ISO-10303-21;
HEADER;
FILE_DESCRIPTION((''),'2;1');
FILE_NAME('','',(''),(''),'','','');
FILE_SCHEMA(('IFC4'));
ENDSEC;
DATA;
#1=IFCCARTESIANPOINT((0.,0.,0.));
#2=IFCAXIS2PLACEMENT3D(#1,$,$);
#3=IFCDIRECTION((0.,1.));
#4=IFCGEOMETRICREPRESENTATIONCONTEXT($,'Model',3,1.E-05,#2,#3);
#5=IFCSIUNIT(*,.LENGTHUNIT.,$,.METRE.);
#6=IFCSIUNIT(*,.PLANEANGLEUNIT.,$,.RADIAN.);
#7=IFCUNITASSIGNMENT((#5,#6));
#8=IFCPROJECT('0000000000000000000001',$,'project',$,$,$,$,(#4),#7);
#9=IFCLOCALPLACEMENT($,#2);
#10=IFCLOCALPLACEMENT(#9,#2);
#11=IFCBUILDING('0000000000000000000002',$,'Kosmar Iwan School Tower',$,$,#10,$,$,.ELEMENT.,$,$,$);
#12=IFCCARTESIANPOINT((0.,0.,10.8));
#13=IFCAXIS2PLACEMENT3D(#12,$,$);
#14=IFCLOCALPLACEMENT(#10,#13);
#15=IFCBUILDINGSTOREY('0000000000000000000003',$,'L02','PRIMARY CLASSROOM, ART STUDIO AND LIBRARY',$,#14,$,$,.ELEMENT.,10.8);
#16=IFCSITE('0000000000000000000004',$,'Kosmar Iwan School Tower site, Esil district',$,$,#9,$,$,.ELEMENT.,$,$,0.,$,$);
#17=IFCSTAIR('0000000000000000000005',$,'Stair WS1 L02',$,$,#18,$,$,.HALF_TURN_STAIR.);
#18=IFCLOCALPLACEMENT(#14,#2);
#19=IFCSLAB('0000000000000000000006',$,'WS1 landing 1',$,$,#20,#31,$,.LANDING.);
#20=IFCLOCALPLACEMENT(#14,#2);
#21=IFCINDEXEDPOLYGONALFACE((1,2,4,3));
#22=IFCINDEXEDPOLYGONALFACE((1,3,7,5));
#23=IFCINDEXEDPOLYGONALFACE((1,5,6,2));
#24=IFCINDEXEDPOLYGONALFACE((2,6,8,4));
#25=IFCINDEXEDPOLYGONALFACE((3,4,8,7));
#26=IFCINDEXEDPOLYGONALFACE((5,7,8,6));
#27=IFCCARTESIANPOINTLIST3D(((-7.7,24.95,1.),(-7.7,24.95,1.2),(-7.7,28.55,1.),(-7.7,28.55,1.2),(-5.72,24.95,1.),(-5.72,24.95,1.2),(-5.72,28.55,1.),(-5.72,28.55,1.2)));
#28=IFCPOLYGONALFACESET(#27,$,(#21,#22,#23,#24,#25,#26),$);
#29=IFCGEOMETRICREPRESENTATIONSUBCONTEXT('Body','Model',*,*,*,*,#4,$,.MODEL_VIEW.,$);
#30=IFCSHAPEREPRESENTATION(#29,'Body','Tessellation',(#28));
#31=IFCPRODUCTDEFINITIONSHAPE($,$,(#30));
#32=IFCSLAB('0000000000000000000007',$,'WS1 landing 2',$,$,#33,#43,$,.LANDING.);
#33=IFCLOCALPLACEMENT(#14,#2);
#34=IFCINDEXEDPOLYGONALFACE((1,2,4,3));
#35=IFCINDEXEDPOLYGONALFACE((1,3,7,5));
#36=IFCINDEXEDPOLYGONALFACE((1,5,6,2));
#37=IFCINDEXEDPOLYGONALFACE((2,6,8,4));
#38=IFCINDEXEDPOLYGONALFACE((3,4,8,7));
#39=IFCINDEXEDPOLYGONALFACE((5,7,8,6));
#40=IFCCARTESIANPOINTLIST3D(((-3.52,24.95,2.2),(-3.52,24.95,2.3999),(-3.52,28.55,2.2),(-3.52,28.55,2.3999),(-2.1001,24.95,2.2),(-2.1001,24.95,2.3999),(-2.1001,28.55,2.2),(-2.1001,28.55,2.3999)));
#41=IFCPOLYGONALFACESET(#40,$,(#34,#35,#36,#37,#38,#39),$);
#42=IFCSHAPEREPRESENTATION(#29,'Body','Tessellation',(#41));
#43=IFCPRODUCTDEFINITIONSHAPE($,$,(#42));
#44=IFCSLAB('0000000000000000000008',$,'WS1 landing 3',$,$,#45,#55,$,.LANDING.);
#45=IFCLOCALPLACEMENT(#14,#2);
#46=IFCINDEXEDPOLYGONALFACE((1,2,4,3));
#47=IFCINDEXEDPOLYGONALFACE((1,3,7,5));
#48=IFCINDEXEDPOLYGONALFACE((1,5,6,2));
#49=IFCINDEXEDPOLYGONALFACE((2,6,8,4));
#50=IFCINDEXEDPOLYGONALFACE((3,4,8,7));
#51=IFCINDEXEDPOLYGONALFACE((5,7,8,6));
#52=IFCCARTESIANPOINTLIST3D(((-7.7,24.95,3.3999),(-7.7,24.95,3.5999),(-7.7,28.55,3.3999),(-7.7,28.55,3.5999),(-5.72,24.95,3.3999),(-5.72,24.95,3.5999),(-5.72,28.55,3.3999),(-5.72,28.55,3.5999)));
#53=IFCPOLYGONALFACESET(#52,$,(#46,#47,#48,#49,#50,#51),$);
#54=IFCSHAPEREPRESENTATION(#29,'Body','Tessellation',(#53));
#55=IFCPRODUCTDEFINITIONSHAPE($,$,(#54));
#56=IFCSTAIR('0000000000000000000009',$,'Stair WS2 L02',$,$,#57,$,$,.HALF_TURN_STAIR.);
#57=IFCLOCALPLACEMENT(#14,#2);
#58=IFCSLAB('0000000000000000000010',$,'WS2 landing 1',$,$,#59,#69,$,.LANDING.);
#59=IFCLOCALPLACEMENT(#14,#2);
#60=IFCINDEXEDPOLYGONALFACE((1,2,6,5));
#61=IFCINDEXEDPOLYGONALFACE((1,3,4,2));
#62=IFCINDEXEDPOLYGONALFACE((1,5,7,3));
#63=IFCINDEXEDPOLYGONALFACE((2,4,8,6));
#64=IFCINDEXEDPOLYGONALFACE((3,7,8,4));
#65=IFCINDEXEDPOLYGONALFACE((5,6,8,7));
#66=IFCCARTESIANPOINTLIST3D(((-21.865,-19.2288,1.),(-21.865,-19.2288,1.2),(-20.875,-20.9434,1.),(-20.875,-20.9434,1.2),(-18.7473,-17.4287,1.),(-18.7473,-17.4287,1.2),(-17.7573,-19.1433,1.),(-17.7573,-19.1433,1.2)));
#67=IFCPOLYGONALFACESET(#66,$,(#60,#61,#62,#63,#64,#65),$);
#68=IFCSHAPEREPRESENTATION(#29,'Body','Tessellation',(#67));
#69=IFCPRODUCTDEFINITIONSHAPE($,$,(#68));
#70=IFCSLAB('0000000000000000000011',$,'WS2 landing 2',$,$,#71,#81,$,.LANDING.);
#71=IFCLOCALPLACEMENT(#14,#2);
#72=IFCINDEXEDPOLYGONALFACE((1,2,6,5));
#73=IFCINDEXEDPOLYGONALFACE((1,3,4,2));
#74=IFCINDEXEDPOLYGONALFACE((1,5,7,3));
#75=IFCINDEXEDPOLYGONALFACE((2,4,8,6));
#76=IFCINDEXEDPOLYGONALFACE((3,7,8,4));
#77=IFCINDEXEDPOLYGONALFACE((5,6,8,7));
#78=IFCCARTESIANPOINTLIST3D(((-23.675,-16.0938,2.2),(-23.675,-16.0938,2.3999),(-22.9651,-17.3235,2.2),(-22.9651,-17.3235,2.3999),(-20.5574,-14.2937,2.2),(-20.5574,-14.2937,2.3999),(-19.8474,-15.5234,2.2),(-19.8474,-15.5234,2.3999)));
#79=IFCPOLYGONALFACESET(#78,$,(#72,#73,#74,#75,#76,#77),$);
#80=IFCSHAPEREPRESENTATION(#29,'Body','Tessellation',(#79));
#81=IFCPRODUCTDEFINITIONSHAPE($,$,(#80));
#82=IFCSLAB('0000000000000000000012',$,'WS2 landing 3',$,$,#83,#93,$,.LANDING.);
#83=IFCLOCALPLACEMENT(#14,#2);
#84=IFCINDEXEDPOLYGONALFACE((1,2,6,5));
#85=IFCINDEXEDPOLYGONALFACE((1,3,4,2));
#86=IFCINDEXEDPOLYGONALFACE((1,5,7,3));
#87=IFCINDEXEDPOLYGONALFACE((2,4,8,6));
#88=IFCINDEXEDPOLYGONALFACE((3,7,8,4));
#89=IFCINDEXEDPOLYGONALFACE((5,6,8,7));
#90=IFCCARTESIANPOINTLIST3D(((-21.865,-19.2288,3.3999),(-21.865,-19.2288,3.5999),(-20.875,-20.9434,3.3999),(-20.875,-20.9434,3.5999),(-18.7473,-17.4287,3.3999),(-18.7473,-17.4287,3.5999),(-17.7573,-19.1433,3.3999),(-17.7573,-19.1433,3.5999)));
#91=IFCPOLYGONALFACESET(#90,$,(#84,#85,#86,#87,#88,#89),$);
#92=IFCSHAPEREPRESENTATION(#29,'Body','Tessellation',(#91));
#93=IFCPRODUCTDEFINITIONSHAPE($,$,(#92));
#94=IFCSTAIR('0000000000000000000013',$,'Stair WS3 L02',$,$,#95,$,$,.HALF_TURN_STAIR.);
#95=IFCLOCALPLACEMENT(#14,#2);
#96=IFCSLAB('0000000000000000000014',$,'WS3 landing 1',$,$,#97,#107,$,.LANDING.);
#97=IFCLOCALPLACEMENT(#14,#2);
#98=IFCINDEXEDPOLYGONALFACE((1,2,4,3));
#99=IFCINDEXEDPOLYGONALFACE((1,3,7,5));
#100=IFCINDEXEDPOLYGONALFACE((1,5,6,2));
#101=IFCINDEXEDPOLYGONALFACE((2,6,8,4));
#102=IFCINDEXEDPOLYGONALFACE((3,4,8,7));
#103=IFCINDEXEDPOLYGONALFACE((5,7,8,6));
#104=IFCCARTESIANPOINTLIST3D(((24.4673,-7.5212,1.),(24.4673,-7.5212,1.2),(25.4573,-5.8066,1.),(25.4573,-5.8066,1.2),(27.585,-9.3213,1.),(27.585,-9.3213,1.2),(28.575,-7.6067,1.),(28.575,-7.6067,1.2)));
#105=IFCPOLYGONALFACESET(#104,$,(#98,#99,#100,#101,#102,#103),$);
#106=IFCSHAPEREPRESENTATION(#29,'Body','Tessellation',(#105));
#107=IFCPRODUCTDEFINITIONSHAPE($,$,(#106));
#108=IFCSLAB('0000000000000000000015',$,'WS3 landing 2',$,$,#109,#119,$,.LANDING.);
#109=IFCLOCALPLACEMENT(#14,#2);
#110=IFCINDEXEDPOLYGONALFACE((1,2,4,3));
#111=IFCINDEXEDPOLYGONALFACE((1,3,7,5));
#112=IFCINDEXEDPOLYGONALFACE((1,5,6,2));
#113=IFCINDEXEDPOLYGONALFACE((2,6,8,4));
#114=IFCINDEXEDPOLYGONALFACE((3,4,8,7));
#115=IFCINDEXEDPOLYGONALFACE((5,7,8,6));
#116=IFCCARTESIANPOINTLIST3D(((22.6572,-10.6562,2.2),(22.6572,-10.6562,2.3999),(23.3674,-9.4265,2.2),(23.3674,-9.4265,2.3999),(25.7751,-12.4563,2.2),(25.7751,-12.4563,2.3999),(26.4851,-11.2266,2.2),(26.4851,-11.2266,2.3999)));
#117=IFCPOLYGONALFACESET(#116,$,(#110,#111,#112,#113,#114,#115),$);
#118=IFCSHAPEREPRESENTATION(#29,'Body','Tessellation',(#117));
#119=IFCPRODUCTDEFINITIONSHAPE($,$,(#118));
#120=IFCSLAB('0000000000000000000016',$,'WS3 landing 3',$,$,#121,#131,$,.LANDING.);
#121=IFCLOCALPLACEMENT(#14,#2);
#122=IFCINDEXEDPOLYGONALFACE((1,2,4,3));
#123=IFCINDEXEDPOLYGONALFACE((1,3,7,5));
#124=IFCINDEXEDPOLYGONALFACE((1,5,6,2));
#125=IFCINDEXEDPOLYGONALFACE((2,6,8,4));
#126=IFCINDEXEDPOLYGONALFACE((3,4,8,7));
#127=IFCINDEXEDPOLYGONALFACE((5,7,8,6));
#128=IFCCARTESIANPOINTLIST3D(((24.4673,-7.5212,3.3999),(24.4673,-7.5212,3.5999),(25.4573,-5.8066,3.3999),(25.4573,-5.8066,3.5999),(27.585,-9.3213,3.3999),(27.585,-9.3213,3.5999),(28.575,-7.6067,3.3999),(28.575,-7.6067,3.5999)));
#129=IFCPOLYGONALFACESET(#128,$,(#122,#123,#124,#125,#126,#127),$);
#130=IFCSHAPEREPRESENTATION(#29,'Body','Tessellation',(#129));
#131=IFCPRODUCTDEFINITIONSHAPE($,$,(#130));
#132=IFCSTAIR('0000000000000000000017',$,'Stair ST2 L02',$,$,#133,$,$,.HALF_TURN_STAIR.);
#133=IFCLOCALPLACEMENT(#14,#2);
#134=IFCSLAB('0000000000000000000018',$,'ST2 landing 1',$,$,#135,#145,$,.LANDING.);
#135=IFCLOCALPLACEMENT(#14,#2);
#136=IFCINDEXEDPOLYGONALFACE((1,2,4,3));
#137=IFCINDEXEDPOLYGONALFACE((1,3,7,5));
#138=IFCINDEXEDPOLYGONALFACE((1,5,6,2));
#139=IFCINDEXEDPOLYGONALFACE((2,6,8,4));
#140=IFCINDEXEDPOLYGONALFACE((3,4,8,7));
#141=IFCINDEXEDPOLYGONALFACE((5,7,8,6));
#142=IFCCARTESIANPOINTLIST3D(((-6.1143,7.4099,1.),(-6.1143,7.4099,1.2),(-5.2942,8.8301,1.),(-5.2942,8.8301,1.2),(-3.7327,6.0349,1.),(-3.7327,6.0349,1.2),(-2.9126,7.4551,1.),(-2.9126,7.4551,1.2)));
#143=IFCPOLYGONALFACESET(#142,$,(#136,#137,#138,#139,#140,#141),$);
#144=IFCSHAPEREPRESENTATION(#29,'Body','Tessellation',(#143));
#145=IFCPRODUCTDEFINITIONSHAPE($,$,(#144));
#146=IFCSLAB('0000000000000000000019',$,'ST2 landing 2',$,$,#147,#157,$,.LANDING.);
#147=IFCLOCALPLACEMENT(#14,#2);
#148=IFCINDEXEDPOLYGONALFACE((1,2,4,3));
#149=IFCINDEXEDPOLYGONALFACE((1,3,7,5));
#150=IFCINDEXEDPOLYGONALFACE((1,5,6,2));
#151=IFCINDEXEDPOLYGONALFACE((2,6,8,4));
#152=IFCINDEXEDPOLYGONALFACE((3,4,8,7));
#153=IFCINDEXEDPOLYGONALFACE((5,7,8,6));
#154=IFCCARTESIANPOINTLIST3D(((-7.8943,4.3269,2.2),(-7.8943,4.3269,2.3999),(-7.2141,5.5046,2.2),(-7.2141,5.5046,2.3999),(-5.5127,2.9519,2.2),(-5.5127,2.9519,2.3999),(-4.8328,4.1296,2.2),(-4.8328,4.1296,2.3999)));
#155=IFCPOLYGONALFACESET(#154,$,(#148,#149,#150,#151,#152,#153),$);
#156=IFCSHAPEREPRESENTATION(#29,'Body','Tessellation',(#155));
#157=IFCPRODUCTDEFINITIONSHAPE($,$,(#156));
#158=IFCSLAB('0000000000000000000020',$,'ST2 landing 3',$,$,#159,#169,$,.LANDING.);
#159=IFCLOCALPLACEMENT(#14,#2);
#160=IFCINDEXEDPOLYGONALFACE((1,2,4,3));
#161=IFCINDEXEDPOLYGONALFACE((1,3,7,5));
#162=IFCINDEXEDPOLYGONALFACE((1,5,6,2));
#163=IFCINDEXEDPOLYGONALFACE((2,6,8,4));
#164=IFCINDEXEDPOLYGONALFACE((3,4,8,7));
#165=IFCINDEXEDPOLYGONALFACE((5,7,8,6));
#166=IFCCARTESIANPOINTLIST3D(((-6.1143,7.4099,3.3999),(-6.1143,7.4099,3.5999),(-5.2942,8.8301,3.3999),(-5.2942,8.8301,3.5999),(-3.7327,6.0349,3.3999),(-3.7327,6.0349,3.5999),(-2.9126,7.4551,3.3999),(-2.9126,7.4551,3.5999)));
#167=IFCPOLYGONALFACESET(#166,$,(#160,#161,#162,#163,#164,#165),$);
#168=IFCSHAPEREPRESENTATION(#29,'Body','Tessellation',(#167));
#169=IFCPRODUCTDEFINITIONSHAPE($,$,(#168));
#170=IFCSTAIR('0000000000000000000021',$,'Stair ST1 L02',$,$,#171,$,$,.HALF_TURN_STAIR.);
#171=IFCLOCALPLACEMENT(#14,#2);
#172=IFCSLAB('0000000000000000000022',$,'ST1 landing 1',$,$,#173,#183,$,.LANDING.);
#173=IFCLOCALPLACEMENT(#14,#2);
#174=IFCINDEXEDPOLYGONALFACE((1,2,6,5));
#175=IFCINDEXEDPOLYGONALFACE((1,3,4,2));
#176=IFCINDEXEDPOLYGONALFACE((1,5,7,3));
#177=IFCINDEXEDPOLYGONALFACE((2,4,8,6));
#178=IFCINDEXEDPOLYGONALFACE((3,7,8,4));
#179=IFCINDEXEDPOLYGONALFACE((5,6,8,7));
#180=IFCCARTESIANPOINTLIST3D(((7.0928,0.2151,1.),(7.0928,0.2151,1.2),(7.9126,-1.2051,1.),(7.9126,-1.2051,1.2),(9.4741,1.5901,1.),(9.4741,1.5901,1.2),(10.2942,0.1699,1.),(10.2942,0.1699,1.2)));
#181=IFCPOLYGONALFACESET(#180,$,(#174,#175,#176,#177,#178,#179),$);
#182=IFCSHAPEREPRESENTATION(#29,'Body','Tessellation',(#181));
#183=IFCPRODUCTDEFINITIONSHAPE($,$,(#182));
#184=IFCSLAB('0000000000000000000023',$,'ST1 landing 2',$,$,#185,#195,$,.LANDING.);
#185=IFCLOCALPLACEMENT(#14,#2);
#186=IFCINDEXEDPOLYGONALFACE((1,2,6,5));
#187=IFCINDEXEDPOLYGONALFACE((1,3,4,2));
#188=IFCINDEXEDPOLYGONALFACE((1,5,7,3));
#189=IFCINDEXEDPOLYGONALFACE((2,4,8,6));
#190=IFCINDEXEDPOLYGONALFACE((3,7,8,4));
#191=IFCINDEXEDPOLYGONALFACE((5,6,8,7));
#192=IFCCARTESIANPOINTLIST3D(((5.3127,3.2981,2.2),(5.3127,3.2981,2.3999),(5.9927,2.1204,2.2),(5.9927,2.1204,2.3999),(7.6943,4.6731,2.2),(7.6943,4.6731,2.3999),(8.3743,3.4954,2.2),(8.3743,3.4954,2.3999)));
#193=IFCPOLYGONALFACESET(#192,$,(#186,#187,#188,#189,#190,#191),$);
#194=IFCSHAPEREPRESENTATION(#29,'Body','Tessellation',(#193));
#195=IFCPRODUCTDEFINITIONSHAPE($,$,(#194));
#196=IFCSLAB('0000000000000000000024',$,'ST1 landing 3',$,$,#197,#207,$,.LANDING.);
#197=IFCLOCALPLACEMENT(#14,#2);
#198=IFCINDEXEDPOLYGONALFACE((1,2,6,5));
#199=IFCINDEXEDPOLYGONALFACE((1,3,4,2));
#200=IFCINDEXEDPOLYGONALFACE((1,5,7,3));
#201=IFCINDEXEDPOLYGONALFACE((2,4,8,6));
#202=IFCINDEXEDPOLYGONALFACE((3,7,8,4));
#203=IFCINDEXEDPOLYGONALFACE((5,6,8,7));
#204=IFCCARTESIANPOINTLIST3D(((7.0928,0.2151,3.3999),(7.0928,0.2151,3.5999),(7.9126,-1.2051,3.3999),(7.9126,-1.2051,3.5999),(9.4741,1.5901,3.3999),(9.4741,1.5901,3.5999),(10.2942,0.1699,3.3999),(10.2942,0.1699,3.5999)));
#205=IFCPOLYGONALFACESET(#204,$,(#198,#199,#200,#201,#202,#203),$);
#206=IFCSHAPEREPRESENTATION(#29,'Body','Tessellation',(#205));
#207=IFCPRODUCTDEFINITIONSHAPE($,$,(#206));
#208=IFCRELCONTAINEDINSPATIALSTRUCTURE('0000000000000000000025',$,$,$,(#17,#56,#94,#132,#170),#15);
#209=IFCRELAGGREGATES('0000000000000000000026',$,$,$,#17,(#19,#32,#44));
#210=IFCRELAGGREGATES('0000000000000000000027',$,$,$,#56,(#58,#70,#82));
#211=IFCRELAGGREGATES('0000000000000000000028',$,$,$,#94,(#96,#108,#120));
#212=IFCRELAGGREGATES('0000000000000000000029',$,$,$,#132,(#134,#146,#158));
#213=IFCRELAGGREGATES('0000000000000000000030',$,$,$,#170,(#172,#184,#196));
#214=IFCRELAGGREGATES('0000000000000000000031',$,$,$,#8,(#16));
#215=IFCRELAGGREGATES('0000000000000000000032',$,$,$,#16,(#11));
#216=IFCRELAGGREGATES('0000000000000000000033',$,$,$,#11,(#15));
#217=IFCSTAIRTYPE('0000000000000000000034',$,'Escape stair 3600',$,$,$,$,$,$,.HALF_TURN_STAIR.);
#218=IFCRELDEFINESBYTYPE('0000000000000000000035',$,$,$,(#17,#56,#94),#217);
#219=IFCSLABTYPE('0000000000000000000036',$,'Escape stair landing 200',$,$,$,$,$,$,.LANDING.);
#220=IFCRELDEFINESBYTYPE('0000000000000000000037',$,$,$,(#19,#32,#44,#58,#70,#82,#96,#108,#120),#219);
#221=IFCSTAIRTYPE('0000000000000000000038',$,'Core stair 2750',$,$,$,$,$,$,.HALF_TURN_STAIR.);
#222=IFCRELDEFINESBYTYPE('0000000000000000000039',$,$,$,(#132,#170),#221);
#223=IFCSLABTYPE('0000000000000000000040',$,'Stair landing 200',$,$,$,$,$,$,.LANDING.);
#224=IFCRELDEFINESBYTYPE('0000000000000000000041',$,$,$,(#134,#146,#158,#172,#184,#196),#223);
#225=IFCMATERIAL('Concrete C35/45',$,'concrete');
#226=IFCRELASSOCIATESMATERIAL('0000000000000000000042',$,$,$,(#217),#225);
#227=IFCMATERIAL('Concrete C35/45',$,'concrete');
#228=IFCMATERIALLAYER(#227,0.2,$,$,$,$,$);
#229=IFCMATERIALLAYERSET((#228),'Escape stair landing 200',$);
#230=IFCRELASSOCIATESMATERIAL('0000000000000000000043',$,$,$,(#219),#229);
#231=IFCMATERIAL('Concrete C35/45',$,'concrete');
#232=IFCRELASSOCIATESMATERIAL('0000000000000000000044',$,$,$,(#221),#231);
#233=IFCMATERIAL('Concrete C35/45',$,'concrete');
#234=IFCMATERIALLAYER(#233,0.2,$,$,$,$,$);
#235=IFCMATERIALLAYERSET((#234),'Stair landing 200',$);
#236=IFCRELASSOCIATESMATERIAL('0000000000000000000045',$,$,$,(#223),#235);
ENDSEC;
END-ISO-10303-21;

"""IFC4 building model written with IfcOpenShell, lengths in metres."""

from ifc_helpers import new_model, si_unit, direction, frame, origin, place, context, subcontext, project, spatial, polyline, outline, extrude, material, layer, layer_set, type_object, element, aggregate, save


model = new_model("IFC4")

# Units and contexts
model_context = context("Model", 3, precision=1e-05, world=origin(), true_north=direction((0.0, 1.0)))
body_context = subcontext(model_context, "Body", "Model", "MODEL_VIEW")
ifc_project = project(units=[si_unit("LENGTHUNIT", "METRE"), si_unit("PLANEANGLEUNIT", "RADIAN")], contexts=[model_context])

# Site, building, storey
site_placement = place(None, origin())
site = spatial("IfcSite", under=ifc_project, at=site_placement, Name="Kosmar Iwan School Tower site, Esil district", CompositionType="ELEMENT", RefElevation=0.0)
building_placement = place(site_placement, origin())
building = spatial("IfcBuilding", under=site, at=building_placement, Name="Kosmar Iwan School Tower", CompositionType="ELEMENT")
storey_placement = place(building_placement, frame((0.0, 0.0, 10.8)))
storey = spatial("IfcBuildingStorey", under=building, at=storey_placement, Name="L02", Description="PRIMARY CLASSROOM, ART STUDIO AND LIBRARY", CompositionType="ELEMENT", Elevation=10.8)

# Stairs, slabs
ifc_material_1 = material(Name="Concrete C35/45", Category="concrete")
stair_type_1 = type_object("IfcStairType", Name="Escape stair 3600", PredefinedType="HALF_TURN_STAIR", material=ifc_material_1)
stair_1_placement = place(storey_placement, origin())
stair_1 = element("IfcStair", 1, at=stair_1_placement, inside=storey, type_object=stair_type_1, Name="Stair WS1 L02", PredefinedType="HALF_TURN_STAIR")
ifc_material_2 = material(Name="Concrete C35/45", Category="concrete")
ifc_layer_1 = layer(ifc_material_2, 0.2)
ifc_layer_set_1 = layer_set([ifc_layer_1], Name="Escape stair landing 200")
slab_type_1 = type_object("IfcSlabType", Name="Escape stair landing 200", PredefinedType="LANDING", material=ifc_layer_set_1)
slab_1_placement = place(storey_placement, frame((0.0, 0.0, 1.0)))
slab_1 = element("IfcSlab", 2, at=slab_1_placement, type_object=slab_type_1, Name="WS1 landing 1", PredefinedType="LANDING", context=body_context, shape_type="SweptSolid", body=[
    extrude(outline(polyline([(-5.72, 24.95), (-5.72, 28.55), (-7.7, 28.55), (-7.7, 24.95), (-5.72, 24.95)])), origin(), (0.0, 0.0, 1.0), 0.2),
])
slab_2_placement = place(storey_placement, frame((0.0, 0.0, 2.2)))
slab_2 = element("IfcSlab", 3, at=slab_2_placement, type_object=slab_type_1, Name="WS1 landing 2", PredefinedType="LANDING", context=body_context, shape_type="SweptSolid", body=[
    extrude(outline(polyline([(-2.1001, 24.95), (-2.1001, 28.55), (-3.52, 28.55), (-3.52, 24.95), (-2.1001, 24.95)])), origin(), (0.0, 0.0, 1.0), 0.2),
])
slab_3_placement = place(storey_placement, frame((0.0, 0.0, 3.3999)))
slab_3 = element("IfcSlab", 4, at=slab_3_placement, type_object=slab_type_1, Name="WS1 landing 3", PredefinedType="LANDING", context=body_context, shape_type="SweptSolid", body=[
    extrude(outline(polyline([(-5.72, 24.95), (-5.72, 28.55), (-7.7, 28.55), (-7.7, 24.95), (-5.72, 24.95)])), origin(), (0.0, 0.0, 1.0), 0.2),
])
aggregate(stair_1, [slab_1, slab_2, slab_3])
stair_2_placement = place(storey_placement, origin())
stair_2 = element("IfcStair", 5, at=stair_2_placement, inside=storey, type_object=stair_type_1, Name="Stair WS2 L02", PredefinedType="HALF_TURN_STAIR")
slab_4_placement = place(storey_placement, frame((0.0, 0.0, 1.0)))
slab_4 = element("IfcSlab", 6, at=slab_4_placement, type_object=slab_type_1, Name="WS2 landing 1", PredefinedType="LANDING", context=body_context, shape_type="SweptSolid", body=[
    extrude(outline(polyline([(-18.7473, -17.4287), (-21.865, -19.2288), (-20.875, -20.9434), (-17.7573, -19.1433), (-18.7473, -17.4287)])), origin(), (0.0, 0.0, 1.0), 0.2),
])
slab_5_placement = place(storey_placement, frame((0.0, 0.0, 2.2)))
slab_5 = element("IfcSlab", 7, at=slab_5_placement, type_object=slab_type_1, Name="WS2 landing 2", PredefinedType="LANDING", context=body_context, shape_type="SweptSolid", body=[
    extrude(outline(polyline([(-20.5574, -14.2937), (-23.675, -16.0938), (-22.9651, -17.3235), (-19.8474, -15.5234), (-20.5574, -14.2937)])), origin(), (0.0, 0.0, 1.0), 0.2),
])
slab_6_placement = place(storey_placement, frame((0.0, 0.0, 3.3999)))
slab_6 = element("IfcSlab", 8, at=slab_6_placement, type_object=slab_type_1, Name="WS2 landing 3", PredefinedType="LANDING", context=body_context, shape_type="SweptSolid", body=[
    extrude(outline(polyline([(-18.7473, -17.4287), (-21.865, -19.2288), (-20.875, -20.9434), (-17.7573, -19.1433), (-18.7473, -17.4287)])), origin(), (0.0, 0.0, 1.0), 0.2),
])
aggregate(stair_2, [slab_4, slab_5, slab_6])
stair_3_placement = place(storey_placement, origin())
stair_3 = element("IfcStair", 9, at=stair_3_placement, inside=storey, type_object=stair_type_1, Name="Stair WS3 L02", PredefinedType="HALF_TURN_STAIR")
slab_7_placement = place(storey_placement, frame((0.0, 0.0, 1.0)))
slab_7 = element("IfcSlab", 10, at=slab_7_placement, type_object=slab_type_1, Name="WS3 landing 1", PredefinedType="LANDING", context=body_context, shape_type="SweptSolid", body=[
    extrude(outline(polyline([(24.4673, -7.5212), (27.585, -9.3213), (28.575, -7.6067), (25.4573, -5.8066), (24.4673, -7.5212)])), origin(), (0.0, 0.0, 1.0), 0.2),
])
slab_8_placement = place(storey_placement, frame((0.0, 0.0, 2.2)))
slab_8 = element("IfcSlab", 11, at=slab_8_placement, type_object=slab_type_1, Name="WS3 landing 2", PredefinedType="LANDING", context=body_context, shape_type="SweptSolid", body=[
    extrude(outline(polyline([(22.6572, -10.6562), (25.7751, -12.4563), (26.4851, -11.2266), (23.3674, -9.4265), (22.6572, -10.6562)])), origin(), (0.0, 0.0, 1.0), 0.2),
])
slab_9_placement = place(storey_placement, frame((0.0, 0.0, 3.3999)))
slab_9 = element("IfcSlab", 12, at=slab_9_placement, type_object=slab_type_1, Name="WS3 landing 3", PredefinedType="LANDING", context=body_context, shape_type="SweptSolid", body=[
    extrude(outline(polyline([(24.4673, -7.5212), (27.585, -9.3213), (28.575, -7.6067), (25.4573, -5.8066), (24.4673, -7.5212)])), origin(), (0.0, 0.0, 1.0), 0.2),
])
aggregate(stair_3, [slab_7, slab_8, slab_9])
ifc_material_3 = material(Name="Concrete C35/45", Category="concrete")
stair_type_2 = type_object("IfcStairType", Name="Core stair 2750", PredefinedType="HALF_TURN_STAIR", material=ifc_material_3)
stair_4_placement = place(storey_placement, origin())
stair_4 = element("IfcStair", 13, at=stair_4_placement, inside=storey, type_object=stair_type_2, Name="Stair ST2 L02", PredefinedType="HALF_TURN_STAIR")
ifc_material_4 = material(Name="Concrete C35/45", Category="concrete")
ifc_layer_2 = layer(ifc_material_4, 0.2)
ifc_layer_set_2 = layer_set([ifc_layer_2], Name="Stair landing 200")
slab_type_2 = type_object("IfcSlabType", Name="Stair landing 200", PredefinedType="LANDING", material=ifc_layer_set_2)
slab_10_placement = place(storey_placement, frame((0.0, 0.0, 1.0)))
slab_10 = element("IfcSlab", 14, at=slab_10_placement, type_object=slab_type_2, Name="ST2 landing 1", PredefinedType="LANDING", context=body_context, shape_type="SweptSolid", body=[
    extrude(outline(polyline([(-2.9126, 7.4551), (-5.2942, 8.8301), (-6.1143, 7.4099), (-3.7327, 6.0349), (-2.9126, 7.4551)])), origin(), (0.0, 0.0, 1.0), 0.2),
])
slab_11_placement = place(storey_placement, frame((0.0, 0.0, 2.2)))
slab_11 = element("IfcSlab", 15, at=slab_11_placement, type_object=slab_type_2, Name="ST2 landing 2", PredefinedType="LANDING", context=body_context, shape_type="SweptSolid", body=[
    extrude(outline(polyline([(-4.8328, 4.1296), (-7.2141, 5.5046), (-7.8943, 4.3269), (-5.5127, 2.9519), (-4.8328, 4.1296)])), origin(), (0.0, 0.0, 1.0), 0.2),
])
slab_12_placement = place(storey_placement, frame((0.0, 0.0, 3.3999)))
slab_12 = element("IfcSlab", 16, at=slab_12_placement, type_object=slab_type_2, Name="ST2 landing 3", PredefinedType="LANDING", context=body_context, shape_type="SweptSolid", body=[
    extrude(outline(polyline([(-2.9126, 7.4551), (-5.2942, 8.8301), (-6.1143, 7.4099), (-3.7327, 6.0349), (-2.9126, 7.4551)])), origin(), (0.0, 0.0, 1.0), 0.2),
])
aggregate(stair_4, [slab_10, slab_11, slab_12])
stair_5_placement = place(storey_placement, origin())
stair_5 = element("IfcStair", 17, at=stair_5_placement, inside=storey, type_object=stair_type_2, Name="Stair ST1 L02", PredefinedType="HALF_TURN_STAIR")
slab_13_placement = place(storey_placement, frame((0.0, 0.0, 1.0)))
slab_13 = element("IfcSlab", 18, at=slab_13_placement, type_object=slab_type_2, Name="ST1 landing 1", PredefinedType="LANDING", context=body_context, shape_type="SweptSolid", body=[
    extrude(outline(polyline([(7.9126, -1.2051), (10.2942, 0.1699), (9.4741, 1.5901), (7.0928, 0.2151), (7.9126, -1.2051)])), origin(), (0.0, 0.0, 1.0), 0.2),
])
slab_14_placement = place(storey_placement, frame((0.0, 0.0, 2.2)))
slab_14 = element("IfcSlab", 19, at=slab_14_placement, type_object=slab_type_2, Name="ST1 landing 2", PredefinedType="LANDING", context=body_context, shape_type="SweptSolid", body=[
    extrude(outline(polyline([(5.9927, 2.1204), (8.3743, 3.4954), (7.6943, 4.6731), (5.3127, 3.2981), (5.9927, 2.1204)])), origin(), (0.0, 0.0, 1.0), 0.2),
])
slab_15_placement = place(storey_placement, frame((0.0, 0.0, 3.3999)))
slab_15 = element("IfcSlab", 20, at=slab_15_placement, type_object=slab_type_2, Name="ST1 landing 3", PredefinedType="LANDING", context=body_context, shape_type="SweptSolid", body=[
    extrude(outline(polyline([(7.9126, -1.2051), (10.2942, 0.1699), (9.4741, 1.5901), (7.0928, 0.2151), (7.9126, -1.2051)])), origin(), (0.0, 0.0, 1.0), 0.2),
])
aggregate(stair_5, [slab_13, slab_14, slab_15])

save(model, "model.ifc")
